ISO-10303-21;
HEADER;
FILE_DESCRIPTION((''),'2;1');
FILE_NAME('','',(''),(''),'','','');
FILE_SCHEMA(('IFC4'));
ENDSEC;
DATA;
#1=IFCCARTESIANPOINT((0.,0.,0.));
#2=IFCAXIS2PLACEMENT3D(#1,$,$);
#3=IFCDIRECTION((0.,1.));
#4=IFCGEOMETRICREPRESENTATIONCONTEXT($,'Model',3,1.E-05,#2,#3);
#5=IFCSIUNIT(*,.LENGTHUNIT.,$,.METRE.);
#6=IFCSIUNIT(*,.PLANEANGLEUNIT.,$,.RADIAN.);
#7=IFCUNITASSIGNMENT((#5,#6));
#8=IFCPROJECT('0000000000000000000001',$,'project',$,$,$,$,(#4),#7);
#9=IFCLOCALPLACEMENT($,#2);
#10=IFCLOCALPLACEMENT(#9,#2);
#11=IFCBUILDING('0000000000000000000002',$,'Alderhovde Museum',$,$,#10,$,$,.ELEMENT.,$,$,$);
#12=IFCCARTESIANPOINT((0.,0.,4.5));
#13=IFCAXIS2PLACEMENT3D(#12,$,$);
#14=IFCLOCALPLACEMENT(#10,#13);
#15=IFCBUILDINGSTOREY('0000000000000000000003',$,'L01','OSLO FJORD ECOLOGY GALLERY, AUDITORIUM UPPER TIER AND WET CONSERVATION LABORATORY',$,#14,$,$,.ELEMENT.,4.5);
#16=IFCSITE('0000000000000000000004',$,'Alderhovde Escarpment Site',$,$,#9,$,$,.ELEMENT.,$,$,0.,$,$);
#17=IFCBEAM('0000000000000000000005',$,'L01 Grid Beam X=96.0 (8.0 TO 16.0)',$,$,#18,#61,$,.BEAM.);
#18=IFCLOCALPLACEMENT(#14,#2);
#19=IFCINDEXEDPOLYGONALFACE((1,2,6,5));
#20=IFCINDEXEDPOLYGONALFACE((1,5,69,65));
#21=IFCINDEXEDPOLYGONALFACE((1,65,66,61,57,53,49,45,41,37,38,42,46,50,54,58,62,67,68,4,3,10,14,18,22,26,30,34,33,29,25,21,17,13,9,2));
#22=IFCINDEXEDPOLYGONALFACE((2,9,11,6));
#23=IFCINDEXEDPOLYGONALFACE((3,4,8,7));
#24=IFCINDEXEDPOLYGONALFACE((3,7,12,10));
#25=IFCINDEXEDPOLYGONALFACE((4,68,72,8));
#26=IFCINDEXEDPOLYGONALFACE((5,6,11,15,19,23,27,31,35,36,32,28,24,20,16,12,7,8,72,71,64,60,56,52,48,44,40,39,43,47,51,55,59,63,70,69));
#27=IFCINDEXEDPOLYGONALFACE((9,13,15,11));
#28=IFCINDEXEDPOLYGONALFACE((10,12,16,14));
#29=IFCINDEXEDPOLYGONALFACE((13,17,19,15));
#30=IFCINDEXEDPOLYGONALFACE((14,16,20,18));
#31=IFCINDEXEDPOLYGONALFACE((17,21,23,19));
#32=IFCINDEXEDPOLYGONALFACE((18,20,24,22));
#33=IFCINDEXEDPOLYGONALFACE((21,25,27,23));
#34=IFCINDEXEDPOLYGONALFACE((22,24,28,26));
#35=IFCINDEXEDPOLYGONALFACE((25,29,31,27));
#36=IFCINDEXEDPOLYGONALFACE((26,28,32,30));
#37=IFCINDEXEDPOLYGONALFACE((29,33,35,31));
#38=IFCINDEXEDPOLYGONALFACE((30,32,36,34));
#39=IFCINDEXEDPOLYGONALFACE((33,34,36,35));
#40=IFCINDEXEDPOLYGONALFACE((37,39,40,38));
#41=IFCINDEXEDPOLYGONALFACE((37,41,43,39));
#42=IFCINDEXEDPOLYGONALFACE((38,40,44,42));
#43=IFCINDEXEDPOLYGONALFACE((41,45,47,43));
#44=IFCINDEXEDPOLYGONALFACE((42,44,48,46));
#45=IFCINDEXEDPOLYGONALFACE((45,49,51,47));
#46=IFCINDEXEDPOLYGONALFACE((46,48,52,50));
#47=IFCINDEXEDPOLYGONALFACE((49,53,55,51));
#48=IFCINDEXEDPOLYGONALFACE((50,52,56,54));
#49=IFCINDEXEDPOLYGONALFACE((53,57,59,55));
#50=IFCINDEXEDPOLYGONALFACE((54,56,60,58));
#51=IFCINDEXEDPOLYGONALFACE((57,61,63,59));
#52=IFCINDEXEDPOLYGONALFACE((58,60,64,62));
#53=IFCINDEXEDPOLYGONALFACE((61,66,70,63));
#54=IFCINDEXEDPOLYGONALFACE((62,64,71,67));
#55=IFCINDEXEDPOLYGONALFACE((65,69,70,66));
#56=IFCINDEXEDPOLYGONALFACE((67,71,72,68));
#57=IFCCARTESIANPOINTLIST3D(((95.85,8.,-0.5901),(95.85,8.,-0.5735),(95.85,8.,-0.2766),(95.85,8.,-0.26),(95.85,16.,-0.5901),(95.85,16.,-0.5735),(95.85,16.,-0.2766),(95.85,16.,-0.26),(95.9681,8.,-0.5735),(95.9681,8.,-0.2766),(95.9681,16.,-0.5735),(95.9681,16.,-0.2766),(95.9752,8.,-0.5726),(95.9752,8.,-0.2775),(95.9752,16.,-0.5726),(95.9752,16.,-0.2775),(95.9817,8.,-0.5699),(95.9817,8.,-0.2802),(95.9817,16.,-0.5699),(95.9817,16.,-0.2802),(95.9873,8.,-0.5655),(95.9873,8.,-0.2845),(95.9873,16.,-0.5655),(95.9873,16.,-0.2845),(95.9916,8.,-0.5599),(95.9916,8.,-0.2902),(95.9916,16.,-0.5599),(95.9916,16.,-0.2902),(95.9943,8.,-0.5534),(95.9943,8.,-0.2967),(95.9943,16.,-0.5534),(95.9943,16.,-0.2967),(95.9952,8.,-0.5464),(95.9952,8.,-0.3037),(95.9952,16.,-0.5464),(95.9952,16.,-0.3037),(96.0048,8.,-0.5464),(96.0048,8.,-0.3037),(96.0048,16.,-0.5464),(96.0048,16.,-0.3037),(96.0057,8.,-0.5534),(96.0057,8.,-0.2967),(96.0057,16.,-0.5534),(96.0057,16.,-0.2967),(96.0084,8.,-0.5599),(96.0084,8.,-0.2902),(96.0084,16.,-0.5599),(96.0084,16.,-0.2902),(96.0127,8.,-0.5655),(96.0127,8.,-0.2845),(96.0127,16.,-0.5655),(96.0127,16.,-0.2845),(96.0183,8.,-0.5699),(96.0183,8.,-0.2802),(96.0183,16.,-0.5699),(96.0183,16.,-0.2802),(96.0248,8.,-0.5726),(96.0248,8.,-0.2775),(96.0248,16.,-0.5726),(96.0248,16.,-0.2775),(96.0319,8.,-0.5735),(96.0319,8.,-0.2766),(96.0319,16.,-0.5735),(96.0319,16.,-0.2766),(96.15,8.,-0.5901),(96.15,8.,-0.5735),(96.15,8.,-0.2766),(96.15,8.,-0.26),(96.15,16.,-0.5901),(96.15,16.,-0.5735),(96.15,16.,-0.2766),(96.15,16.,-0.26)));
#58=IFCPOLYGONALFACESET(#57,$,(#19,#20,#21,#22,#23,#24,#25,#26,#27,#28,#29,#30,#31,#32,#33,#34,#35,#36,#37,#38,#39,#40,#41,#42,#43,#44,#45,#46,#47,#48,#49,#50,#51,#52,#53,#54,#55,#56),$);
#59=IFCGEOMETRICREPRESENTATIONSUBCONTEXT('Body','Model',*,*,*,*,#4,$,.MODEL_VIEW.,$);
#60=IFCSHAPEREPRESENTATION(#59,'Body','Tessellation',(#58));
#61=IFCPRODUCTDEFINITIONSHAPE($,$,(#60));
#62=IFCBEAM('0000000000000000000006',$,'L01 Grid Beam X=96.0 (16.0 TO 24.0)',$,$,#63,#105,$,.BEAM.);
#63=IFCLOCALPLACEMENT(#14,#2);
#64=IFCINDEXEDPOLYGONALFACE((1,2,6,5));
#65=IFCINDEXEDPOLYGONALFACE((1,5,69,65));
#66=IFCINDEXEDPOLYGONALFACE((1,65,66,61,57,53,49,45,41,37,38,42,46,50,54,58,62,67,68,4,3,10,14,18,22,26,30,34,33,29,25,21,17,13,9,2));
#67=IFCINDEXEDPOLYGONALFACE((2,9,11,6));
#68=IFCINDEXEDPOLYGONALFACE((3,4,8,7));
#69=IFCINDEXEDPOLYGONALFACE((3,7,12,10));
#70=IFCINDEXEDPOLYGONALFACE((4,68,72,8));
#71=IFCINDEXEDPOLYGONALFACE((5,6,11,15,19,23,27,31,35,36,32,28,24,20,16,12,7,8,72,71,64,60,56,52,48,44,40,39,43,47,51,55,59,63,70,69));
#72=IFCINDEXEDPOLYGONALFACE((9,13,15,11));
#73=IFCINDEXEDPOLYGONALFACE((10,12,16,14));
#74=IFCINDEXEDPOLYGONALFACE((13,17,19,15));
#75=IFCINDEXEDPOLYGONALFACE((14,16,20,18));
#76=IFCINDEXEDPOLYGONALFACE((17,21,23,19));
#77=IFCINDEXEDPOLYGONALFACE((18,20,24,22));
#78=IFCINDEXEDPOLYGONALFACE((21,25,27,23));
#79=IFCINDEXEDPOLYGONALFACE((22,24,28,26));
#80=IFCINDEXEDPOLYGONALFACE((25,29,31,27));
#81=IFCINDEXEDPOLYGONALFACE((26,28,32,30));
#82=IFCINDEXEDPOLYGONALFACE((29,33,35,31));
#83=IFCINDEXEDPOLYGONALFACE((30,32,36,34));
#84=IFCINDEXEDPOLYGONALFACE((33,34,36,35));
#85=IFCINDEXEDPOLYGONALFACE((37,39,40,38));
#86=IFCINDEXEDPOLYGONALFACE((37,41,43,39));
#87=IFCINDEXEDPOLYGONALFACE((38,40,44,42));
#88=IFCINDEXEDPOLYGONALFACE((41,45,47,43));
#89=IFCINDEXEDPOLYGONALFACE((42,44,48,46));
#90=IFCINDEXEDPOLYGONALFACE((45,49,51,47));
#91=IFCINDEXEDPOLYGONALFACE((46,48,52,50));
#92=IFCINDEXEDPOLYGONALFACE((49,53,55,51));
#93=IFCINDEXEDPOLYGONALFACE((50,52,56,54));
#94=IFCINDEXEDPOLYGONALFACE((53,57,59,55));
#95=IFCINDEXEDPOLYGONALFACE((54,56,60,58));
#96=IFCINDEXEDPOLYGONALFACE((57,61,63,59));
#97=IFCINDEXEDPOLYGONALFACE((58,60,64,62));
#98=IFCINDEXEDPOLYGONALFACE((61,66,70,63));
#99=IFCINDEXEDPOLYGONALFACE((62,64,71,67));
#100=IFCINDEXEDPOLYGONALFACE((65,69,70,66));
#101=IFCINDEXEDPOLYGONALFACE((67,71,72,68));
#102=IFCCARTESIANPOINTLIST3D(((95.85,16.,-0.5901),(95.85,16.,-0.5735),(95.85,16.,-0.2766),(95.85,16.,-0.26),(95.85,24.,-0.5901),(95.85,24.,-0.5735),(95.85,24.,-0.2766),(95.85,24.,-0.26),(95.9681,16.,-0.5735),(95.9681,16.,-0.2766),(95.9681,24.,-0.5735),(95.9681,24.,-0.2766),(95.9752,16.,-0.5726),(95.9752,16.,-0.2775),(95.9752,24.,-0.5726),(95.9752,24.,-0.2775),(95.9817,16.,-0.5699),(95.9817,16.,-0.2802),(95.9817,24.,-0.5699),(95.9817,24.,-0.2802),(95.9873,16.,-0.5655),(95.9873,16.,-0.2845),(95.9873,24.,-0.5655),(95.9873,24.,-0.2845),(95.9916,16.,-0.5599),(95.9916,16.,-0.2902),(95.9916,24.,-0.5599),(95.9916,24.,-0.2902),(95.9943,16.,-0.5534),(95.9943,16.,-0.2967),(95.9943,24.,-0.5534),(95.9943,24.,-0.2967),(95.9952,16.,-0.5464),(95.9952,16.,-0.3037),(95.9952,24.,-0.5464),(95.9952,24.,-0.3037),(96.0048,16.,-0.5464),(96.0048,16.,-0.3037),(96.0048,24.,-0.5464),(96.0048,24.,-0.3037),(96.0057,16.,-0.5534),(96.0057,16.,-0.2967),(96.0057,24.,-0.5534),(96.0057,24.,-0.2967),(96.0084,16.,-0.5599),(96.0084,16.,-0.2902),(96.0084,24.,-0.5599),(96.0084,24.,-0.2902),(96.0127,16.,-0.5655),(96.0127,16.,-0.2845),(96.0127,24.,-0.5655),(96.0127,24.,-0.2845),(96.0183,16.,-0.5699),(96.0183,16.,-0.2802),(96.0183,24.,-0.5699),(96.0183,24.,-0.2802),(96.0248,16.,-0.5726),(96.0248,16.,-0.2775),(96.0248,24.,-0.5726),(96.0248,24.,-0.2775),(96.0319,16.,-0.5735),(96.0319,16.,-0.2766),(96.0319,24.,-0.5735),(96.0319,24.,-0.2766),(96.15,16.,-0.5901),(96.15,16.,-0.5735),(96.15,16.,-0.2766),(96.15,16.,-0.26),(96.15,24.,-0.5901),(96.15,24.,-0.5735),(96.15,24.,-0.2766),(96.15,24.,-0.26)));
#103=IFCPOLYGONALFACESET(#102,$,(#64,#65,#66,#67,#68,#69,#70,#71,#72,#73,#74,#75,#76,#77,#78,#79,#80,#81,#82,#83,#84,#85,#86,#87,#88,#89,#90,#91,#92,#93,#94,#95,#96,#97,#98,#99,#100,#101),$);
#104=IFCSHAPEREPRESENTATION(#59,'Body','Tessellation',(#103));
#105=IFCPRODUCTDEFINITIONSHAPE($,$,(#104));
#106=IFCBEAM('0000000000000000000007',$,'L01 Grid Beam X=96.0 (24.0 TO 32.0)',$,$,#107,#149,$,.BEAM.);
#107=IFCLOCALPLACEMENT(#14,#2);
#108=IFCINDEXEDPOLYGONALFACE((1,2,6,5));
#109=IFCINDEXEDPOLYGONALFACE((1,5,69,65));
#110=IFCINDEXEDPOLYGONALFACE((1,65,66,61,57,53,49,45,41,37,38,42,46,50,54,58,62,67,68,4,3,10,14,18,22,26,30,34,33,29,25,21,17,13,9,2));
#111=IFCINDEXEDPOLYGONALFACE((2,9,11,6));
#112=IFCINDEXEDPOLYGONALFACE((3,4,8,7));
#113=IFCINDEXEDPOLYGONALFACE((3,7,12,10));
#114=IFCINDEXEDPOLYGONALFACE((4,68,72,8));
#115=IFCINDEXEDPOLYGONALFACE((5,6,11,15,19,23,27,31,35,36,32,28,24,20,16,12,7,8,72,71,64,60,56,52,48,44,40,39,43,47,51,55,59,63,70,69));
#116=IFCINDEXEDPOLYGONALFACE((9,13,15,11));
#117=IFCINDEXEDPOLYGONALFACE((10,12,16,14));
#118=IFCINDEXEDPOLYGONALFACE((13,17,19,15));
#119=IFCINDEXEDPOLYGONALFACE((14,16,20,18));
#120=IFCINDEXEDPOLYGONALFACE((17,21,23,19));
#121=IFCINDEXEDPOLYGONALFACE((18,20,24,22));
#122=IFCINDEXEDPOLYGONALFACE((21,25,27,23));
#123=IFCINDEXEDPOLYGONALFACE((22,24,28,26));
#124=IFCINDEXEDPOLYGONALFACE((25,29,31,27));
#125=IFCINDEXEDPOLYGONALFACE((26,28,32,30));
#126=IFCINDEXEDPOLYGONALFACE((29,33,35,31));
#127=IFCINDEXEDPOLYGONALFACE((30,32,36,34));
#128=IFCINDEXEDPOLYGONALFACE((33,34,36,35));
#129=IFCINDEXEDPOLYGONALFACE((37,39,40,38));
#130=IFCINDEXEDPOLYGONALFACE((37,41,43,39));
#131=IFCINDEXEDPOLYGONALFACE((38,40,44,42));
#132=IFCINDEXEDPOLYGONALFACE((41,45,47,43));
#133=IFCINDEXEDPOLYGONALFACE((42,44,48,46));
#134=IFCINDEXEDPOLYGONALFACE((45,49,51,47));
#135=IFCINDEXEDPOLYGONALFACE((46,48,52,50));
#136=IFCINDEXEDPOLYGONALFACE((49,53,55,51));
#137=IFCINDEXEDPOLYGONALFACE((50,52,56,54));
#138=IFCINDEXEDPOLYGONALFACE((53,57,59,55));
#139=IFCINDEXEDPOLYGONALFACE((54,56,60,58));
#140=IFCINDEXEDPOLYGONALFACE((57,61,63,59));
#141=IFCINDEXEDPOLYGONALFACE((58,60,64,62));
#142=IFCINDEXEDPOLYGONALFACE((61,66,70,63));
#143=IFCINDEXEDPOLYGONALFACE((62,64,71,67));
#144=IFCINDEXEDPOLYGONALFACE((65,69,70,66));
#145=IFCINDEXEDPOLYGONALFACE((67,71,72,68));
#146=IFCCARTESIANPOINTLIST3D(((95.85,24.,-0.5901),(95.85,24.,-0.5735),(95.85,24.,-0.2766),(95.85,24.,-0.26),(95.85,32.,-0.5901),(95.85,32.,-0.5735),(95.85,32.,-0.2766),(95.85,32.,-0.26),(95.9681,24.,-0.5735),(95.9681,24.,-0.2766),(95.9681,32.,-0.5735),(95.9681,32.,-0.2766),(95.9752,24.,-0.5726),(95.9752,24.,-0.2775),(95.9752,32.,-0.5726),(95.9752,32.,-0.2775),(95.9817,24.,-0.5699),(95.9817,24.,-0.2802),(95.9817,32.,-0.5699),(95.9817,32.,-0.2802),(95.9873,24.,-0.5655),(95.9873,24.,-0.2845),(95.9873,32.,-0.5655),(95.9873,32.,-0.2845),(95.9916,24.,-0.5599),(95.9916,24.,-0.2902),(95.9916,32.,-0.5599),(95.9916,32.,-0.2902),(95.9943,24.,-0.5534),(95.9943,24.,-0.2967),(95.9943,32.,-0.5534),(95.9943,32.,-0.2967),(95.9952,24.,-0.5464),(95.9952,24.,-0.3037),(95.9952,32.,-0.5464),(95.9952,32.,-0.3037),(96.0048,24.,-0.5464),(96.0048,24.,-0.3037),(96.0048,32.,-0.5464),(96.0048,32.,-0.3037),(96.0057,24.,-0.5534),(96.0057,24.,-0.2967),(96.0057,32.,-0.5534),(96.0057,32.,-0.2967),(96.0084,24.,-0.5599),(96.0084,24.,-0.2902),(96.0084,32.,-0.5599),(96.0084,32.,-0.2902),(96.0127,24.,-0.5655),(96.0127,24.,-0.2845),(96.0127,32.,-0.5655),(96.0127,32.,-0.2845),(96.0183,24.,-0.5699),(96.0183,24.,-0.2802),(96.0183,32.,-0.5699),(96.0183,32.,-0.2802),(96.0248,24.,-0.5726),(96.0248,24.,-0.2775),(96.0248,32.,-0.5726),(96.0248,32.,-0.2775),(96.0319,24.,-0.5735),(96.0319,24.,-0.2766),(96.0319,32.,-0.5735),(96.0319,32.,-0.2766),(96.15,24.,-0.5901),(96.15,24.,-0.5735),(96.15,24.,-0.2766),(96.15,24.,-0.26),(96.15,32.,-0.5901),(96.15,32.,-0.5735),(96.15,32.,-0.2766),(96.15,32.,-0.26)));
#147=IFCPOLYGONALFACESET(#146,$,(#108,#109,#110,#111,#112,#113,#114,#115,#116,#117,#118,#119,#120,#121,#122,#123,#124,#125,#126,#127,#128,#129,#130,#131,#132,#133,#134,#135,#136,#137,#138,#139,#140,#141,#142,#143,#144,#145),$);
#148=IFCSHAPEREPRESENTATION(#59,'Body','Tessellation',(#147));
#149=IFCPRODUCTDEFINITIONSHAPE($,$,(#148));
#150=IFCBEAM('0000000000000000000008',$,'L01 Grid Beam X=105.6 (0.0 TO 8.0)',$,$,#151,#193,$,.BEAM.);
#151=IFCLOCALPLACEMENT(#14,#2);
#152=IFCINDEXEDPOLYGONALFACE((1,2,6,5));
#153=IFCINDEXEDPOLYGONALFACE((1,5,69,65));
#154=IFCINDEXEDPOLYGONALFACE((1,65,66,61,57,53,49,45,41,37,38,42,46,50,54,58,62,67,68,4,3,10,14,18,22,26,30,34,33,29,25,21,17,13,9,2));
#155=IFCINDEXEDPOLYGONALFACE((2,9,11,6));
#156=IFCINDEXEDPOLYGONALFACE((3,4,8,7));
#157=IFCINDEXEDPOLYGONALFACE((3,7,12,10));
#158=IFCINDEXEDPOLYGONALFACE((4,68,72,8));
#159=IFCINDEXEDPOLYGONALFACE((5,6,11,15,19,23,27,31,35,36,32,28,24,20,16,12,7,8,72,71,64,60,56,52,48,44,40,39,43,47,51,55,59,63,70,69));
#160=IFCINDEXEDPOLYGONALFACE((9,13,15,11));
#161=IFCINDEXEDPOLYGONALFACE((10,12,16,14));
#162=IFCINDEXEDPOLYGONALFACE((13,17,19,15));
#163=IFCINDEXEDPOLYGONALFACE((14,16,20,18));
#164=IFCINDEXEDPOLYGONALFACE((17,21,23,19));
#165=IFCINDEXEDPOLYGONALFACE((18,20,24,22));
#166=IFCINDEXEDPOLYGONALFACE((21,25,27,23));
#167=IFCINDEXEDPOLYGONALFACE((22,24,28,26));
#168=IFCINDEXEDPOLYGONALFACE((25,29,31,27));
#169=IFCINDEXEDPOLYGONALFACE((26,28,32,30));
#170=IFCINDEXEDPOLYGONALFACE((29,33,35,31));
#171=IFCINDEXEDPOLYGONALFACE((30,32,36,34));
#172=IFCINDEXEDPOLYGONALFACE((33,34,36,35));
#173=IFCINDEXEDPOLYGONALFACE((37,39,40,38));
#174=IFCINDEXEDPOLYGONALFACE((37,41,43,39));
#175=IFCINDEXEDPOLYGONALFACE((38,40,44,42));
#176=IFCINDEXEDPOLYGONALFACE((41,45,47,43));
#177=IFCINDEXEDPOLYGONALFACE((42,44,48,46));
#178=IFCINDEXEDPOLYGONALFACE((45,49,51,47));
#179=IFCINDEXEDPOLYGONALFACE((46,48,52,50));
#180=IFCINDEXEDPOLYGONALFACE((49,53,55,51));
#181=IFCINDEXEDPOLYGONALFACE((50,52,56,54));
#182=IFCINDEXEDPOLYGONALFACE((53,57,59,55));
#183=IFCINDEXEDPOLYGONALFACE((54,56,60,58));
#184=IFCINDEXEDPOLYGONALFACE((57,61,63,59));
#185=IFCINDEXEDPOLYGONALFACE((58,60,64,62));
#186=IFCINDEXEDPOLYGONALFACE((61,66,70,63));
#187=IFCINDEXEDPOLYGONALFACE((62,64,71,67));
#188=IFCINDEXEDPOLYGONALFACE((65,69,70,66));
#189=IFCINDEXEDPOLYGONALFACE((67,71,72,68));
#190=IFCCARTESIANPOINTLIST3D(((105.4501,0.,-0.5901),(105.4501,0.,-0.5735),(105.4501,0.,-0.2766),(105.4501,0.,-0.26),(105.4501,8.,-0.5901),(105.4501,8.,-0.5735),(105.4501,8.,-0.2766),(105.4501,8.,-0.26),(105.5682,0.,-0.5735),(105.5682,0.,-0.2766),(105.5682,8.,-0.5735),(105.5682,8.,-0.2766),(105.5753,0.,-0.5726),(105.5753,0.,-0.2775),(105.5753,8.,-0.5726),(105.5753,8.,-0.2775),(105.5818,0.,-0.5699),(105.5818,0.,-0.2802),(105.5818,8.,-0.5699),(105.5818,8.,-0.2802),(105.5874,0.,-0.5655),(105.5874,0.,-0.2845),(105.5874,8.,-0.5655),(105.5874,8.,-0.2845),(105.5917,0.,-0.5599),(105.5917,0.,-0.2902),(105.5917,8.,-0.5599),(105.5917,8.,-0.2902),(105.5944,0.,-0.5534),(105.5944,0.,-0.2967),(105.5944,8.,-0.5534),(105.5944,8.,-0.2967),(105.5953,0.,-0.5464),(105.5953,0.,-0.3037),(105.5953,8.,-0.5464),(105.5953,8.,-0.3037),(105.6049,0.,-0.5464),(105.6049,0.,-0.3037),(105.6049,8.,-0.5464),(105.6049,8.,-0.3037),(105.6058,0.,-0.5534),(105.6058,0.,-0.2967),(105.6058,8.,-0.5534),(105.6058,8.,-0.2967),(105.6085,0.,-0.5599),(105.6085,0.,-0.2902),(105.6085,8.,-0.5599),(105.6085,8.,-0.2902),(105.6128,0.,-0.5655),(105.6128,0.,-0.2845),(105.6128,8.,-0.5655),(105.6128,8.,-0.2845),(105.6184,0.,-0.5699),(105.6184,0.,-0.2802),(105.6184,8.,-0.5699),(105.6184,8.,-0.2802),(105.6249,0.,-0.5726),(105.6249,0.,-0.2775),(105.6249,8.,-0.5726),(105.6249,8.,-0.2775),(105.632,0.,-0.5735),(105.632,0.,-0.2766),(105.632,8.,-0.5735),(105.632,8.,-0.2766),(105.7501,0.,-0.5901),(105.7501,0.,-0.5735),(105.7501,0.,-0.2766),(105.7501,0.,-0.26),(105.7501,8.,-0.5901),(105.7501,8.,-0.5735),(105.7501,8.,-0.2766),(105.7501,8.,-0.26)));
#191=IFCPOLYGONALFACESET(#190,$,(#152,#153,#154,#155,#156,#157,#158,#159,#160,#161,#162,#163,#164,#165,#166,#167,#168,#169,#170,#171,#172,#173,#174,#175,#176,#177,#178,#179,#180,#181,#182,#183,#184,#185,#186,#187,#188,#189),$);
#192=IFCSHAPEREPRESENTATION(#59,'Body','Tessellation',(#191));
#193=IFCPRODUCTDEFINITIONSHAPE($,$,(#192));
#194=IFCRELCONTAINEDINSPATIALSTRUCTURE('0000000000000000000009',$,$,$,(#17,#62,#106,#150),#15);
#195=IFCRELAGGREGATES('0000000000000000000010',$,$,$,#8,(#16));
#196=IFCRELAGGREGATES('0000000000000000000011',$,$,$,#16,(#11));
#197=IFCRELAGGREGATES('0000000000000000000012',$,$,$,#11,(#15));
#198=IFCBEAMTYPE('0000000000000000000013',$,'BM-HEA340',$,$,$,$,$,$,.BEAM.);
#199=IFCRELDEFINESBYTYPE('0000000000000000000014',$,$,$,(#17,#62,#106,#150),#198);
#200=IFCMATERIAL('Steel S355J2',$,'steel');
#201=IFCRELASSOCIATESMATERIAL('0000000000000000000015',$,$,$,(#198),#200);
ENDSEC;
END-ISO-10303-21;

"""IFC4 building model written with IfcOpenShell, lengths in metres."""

from ifc_helpers import new_model, si_unit, direction, frame, origin, origin_2d, place, context, subcontext, project, spatial, i_section, extrude, material, material_profile, profile_set, type_object, element, save


model = new_model("IFC4")

# Units and contexts
model_context = context("Model", 3, precision=1e-05, world=origin(), true_north=direction((0.0, 1.0)))
body_context = subcontext(model_context, "Body", "Model", "MODEL_VIEW")
ifc_project = project(units=[si_unit("LENGTHUNIT", "METRE"), si_unit("PLANEANGLEUNIT", "RADIAN")], contexts=[model_context])

# Site, building, storey
site_placement = place(None, origin())
site = spatial("IfcSite", under=ifc_project, at=site_placement, Name="Alderhovde Escarpment Site", CompositionType="ELEMENT", RefElevation=0.0)
building_placement = place(site_placement, origin())
building = spatial("IfcBuilding", under=site, at=building_placement, Name="Alderhovde Museum", CompositionType="ELEMENT")
storey_placement = place(building_placement, frame((0.0, 0.0, 4.5)))
storey = spatial("IfcBuildingStorey", under=building, at=storey_placement, Name="L01", Description="OSLO FJORD ECOLOGY GALLERY, AUDITORIUM UPPER TIER AND WET CONSERVATION LABORATORY", CompositionType="ELEMENT", Elevation=4.5)

# Beams
ifc_material_1 = material(Name="Steel S355J2", Category="steel")
ifc_material_profile_1 = material_profile(ifc_material_1, i_section(OverallWidth=0.3, OverallDepth=0.3301, WebThickness=0.0095, FlangeThickness=0.0166, FilletRadius=0.0271, at=origin_2d()), Name="HEA 340")
ifc_profile_set_1 = profile_set([ifc_material_profile_1], Name="Steel S355J2")
beam_type_1 = type_object("IfcBeamType", Name="BM-HEA340", PredefinedType="BEAM", material=ifc_profile_set_1)
for number, where, z_axis, x_axis, name in (
    (1, (96.0, 8.0, -0.425), (0.0, 1.0, 0.0), (-1.0, 0.0, 0.0), "L01 Grid Beam X=96.0 (8.0 TO 16.0)"),
    (2, (96.0, 16.0, -0.425), (0.0, 1.0, 0.0), (-1.0, 0.0, 0.0), "L01 Grid Beam X=96.0 (16.0 TO 24.0)"),
    (3, (96.0, 24.0, -0.425), (0.0, 1.0, 0.0), (-1.0, 0.0, 0.0), "L01 Grid Beam X=96.0 (24.0 TO 32.0)"),
    (4, (105.6001, 0.0, -0.425), (0.0, 1.0, 0.0), (-1.0, 0.0, 0.0), "L01 Grid Beam X=105.6 (0.0 TO 8.0)"),
):
    element("IfcBeam", number, at=place(storey_placement, frame(where, z_axis=z_axis, x_axis=x_axis)), inside=storey, type_object=beam_type_1, Name=name, PredefinedType="BEAM", context=body_context, shape_type="SweptSolid", body=[
        extrude(i_section(OverallWidth=0.3, OverallDepth=0.3301, WebThickness=0.0095, FlangeThickness=0.0166, FilletRadius=0.0271, at=origin_2d()), origin(), (0.0, 0.0, 1.0), 8.0),
    ])

save(model, "model.ifc")
